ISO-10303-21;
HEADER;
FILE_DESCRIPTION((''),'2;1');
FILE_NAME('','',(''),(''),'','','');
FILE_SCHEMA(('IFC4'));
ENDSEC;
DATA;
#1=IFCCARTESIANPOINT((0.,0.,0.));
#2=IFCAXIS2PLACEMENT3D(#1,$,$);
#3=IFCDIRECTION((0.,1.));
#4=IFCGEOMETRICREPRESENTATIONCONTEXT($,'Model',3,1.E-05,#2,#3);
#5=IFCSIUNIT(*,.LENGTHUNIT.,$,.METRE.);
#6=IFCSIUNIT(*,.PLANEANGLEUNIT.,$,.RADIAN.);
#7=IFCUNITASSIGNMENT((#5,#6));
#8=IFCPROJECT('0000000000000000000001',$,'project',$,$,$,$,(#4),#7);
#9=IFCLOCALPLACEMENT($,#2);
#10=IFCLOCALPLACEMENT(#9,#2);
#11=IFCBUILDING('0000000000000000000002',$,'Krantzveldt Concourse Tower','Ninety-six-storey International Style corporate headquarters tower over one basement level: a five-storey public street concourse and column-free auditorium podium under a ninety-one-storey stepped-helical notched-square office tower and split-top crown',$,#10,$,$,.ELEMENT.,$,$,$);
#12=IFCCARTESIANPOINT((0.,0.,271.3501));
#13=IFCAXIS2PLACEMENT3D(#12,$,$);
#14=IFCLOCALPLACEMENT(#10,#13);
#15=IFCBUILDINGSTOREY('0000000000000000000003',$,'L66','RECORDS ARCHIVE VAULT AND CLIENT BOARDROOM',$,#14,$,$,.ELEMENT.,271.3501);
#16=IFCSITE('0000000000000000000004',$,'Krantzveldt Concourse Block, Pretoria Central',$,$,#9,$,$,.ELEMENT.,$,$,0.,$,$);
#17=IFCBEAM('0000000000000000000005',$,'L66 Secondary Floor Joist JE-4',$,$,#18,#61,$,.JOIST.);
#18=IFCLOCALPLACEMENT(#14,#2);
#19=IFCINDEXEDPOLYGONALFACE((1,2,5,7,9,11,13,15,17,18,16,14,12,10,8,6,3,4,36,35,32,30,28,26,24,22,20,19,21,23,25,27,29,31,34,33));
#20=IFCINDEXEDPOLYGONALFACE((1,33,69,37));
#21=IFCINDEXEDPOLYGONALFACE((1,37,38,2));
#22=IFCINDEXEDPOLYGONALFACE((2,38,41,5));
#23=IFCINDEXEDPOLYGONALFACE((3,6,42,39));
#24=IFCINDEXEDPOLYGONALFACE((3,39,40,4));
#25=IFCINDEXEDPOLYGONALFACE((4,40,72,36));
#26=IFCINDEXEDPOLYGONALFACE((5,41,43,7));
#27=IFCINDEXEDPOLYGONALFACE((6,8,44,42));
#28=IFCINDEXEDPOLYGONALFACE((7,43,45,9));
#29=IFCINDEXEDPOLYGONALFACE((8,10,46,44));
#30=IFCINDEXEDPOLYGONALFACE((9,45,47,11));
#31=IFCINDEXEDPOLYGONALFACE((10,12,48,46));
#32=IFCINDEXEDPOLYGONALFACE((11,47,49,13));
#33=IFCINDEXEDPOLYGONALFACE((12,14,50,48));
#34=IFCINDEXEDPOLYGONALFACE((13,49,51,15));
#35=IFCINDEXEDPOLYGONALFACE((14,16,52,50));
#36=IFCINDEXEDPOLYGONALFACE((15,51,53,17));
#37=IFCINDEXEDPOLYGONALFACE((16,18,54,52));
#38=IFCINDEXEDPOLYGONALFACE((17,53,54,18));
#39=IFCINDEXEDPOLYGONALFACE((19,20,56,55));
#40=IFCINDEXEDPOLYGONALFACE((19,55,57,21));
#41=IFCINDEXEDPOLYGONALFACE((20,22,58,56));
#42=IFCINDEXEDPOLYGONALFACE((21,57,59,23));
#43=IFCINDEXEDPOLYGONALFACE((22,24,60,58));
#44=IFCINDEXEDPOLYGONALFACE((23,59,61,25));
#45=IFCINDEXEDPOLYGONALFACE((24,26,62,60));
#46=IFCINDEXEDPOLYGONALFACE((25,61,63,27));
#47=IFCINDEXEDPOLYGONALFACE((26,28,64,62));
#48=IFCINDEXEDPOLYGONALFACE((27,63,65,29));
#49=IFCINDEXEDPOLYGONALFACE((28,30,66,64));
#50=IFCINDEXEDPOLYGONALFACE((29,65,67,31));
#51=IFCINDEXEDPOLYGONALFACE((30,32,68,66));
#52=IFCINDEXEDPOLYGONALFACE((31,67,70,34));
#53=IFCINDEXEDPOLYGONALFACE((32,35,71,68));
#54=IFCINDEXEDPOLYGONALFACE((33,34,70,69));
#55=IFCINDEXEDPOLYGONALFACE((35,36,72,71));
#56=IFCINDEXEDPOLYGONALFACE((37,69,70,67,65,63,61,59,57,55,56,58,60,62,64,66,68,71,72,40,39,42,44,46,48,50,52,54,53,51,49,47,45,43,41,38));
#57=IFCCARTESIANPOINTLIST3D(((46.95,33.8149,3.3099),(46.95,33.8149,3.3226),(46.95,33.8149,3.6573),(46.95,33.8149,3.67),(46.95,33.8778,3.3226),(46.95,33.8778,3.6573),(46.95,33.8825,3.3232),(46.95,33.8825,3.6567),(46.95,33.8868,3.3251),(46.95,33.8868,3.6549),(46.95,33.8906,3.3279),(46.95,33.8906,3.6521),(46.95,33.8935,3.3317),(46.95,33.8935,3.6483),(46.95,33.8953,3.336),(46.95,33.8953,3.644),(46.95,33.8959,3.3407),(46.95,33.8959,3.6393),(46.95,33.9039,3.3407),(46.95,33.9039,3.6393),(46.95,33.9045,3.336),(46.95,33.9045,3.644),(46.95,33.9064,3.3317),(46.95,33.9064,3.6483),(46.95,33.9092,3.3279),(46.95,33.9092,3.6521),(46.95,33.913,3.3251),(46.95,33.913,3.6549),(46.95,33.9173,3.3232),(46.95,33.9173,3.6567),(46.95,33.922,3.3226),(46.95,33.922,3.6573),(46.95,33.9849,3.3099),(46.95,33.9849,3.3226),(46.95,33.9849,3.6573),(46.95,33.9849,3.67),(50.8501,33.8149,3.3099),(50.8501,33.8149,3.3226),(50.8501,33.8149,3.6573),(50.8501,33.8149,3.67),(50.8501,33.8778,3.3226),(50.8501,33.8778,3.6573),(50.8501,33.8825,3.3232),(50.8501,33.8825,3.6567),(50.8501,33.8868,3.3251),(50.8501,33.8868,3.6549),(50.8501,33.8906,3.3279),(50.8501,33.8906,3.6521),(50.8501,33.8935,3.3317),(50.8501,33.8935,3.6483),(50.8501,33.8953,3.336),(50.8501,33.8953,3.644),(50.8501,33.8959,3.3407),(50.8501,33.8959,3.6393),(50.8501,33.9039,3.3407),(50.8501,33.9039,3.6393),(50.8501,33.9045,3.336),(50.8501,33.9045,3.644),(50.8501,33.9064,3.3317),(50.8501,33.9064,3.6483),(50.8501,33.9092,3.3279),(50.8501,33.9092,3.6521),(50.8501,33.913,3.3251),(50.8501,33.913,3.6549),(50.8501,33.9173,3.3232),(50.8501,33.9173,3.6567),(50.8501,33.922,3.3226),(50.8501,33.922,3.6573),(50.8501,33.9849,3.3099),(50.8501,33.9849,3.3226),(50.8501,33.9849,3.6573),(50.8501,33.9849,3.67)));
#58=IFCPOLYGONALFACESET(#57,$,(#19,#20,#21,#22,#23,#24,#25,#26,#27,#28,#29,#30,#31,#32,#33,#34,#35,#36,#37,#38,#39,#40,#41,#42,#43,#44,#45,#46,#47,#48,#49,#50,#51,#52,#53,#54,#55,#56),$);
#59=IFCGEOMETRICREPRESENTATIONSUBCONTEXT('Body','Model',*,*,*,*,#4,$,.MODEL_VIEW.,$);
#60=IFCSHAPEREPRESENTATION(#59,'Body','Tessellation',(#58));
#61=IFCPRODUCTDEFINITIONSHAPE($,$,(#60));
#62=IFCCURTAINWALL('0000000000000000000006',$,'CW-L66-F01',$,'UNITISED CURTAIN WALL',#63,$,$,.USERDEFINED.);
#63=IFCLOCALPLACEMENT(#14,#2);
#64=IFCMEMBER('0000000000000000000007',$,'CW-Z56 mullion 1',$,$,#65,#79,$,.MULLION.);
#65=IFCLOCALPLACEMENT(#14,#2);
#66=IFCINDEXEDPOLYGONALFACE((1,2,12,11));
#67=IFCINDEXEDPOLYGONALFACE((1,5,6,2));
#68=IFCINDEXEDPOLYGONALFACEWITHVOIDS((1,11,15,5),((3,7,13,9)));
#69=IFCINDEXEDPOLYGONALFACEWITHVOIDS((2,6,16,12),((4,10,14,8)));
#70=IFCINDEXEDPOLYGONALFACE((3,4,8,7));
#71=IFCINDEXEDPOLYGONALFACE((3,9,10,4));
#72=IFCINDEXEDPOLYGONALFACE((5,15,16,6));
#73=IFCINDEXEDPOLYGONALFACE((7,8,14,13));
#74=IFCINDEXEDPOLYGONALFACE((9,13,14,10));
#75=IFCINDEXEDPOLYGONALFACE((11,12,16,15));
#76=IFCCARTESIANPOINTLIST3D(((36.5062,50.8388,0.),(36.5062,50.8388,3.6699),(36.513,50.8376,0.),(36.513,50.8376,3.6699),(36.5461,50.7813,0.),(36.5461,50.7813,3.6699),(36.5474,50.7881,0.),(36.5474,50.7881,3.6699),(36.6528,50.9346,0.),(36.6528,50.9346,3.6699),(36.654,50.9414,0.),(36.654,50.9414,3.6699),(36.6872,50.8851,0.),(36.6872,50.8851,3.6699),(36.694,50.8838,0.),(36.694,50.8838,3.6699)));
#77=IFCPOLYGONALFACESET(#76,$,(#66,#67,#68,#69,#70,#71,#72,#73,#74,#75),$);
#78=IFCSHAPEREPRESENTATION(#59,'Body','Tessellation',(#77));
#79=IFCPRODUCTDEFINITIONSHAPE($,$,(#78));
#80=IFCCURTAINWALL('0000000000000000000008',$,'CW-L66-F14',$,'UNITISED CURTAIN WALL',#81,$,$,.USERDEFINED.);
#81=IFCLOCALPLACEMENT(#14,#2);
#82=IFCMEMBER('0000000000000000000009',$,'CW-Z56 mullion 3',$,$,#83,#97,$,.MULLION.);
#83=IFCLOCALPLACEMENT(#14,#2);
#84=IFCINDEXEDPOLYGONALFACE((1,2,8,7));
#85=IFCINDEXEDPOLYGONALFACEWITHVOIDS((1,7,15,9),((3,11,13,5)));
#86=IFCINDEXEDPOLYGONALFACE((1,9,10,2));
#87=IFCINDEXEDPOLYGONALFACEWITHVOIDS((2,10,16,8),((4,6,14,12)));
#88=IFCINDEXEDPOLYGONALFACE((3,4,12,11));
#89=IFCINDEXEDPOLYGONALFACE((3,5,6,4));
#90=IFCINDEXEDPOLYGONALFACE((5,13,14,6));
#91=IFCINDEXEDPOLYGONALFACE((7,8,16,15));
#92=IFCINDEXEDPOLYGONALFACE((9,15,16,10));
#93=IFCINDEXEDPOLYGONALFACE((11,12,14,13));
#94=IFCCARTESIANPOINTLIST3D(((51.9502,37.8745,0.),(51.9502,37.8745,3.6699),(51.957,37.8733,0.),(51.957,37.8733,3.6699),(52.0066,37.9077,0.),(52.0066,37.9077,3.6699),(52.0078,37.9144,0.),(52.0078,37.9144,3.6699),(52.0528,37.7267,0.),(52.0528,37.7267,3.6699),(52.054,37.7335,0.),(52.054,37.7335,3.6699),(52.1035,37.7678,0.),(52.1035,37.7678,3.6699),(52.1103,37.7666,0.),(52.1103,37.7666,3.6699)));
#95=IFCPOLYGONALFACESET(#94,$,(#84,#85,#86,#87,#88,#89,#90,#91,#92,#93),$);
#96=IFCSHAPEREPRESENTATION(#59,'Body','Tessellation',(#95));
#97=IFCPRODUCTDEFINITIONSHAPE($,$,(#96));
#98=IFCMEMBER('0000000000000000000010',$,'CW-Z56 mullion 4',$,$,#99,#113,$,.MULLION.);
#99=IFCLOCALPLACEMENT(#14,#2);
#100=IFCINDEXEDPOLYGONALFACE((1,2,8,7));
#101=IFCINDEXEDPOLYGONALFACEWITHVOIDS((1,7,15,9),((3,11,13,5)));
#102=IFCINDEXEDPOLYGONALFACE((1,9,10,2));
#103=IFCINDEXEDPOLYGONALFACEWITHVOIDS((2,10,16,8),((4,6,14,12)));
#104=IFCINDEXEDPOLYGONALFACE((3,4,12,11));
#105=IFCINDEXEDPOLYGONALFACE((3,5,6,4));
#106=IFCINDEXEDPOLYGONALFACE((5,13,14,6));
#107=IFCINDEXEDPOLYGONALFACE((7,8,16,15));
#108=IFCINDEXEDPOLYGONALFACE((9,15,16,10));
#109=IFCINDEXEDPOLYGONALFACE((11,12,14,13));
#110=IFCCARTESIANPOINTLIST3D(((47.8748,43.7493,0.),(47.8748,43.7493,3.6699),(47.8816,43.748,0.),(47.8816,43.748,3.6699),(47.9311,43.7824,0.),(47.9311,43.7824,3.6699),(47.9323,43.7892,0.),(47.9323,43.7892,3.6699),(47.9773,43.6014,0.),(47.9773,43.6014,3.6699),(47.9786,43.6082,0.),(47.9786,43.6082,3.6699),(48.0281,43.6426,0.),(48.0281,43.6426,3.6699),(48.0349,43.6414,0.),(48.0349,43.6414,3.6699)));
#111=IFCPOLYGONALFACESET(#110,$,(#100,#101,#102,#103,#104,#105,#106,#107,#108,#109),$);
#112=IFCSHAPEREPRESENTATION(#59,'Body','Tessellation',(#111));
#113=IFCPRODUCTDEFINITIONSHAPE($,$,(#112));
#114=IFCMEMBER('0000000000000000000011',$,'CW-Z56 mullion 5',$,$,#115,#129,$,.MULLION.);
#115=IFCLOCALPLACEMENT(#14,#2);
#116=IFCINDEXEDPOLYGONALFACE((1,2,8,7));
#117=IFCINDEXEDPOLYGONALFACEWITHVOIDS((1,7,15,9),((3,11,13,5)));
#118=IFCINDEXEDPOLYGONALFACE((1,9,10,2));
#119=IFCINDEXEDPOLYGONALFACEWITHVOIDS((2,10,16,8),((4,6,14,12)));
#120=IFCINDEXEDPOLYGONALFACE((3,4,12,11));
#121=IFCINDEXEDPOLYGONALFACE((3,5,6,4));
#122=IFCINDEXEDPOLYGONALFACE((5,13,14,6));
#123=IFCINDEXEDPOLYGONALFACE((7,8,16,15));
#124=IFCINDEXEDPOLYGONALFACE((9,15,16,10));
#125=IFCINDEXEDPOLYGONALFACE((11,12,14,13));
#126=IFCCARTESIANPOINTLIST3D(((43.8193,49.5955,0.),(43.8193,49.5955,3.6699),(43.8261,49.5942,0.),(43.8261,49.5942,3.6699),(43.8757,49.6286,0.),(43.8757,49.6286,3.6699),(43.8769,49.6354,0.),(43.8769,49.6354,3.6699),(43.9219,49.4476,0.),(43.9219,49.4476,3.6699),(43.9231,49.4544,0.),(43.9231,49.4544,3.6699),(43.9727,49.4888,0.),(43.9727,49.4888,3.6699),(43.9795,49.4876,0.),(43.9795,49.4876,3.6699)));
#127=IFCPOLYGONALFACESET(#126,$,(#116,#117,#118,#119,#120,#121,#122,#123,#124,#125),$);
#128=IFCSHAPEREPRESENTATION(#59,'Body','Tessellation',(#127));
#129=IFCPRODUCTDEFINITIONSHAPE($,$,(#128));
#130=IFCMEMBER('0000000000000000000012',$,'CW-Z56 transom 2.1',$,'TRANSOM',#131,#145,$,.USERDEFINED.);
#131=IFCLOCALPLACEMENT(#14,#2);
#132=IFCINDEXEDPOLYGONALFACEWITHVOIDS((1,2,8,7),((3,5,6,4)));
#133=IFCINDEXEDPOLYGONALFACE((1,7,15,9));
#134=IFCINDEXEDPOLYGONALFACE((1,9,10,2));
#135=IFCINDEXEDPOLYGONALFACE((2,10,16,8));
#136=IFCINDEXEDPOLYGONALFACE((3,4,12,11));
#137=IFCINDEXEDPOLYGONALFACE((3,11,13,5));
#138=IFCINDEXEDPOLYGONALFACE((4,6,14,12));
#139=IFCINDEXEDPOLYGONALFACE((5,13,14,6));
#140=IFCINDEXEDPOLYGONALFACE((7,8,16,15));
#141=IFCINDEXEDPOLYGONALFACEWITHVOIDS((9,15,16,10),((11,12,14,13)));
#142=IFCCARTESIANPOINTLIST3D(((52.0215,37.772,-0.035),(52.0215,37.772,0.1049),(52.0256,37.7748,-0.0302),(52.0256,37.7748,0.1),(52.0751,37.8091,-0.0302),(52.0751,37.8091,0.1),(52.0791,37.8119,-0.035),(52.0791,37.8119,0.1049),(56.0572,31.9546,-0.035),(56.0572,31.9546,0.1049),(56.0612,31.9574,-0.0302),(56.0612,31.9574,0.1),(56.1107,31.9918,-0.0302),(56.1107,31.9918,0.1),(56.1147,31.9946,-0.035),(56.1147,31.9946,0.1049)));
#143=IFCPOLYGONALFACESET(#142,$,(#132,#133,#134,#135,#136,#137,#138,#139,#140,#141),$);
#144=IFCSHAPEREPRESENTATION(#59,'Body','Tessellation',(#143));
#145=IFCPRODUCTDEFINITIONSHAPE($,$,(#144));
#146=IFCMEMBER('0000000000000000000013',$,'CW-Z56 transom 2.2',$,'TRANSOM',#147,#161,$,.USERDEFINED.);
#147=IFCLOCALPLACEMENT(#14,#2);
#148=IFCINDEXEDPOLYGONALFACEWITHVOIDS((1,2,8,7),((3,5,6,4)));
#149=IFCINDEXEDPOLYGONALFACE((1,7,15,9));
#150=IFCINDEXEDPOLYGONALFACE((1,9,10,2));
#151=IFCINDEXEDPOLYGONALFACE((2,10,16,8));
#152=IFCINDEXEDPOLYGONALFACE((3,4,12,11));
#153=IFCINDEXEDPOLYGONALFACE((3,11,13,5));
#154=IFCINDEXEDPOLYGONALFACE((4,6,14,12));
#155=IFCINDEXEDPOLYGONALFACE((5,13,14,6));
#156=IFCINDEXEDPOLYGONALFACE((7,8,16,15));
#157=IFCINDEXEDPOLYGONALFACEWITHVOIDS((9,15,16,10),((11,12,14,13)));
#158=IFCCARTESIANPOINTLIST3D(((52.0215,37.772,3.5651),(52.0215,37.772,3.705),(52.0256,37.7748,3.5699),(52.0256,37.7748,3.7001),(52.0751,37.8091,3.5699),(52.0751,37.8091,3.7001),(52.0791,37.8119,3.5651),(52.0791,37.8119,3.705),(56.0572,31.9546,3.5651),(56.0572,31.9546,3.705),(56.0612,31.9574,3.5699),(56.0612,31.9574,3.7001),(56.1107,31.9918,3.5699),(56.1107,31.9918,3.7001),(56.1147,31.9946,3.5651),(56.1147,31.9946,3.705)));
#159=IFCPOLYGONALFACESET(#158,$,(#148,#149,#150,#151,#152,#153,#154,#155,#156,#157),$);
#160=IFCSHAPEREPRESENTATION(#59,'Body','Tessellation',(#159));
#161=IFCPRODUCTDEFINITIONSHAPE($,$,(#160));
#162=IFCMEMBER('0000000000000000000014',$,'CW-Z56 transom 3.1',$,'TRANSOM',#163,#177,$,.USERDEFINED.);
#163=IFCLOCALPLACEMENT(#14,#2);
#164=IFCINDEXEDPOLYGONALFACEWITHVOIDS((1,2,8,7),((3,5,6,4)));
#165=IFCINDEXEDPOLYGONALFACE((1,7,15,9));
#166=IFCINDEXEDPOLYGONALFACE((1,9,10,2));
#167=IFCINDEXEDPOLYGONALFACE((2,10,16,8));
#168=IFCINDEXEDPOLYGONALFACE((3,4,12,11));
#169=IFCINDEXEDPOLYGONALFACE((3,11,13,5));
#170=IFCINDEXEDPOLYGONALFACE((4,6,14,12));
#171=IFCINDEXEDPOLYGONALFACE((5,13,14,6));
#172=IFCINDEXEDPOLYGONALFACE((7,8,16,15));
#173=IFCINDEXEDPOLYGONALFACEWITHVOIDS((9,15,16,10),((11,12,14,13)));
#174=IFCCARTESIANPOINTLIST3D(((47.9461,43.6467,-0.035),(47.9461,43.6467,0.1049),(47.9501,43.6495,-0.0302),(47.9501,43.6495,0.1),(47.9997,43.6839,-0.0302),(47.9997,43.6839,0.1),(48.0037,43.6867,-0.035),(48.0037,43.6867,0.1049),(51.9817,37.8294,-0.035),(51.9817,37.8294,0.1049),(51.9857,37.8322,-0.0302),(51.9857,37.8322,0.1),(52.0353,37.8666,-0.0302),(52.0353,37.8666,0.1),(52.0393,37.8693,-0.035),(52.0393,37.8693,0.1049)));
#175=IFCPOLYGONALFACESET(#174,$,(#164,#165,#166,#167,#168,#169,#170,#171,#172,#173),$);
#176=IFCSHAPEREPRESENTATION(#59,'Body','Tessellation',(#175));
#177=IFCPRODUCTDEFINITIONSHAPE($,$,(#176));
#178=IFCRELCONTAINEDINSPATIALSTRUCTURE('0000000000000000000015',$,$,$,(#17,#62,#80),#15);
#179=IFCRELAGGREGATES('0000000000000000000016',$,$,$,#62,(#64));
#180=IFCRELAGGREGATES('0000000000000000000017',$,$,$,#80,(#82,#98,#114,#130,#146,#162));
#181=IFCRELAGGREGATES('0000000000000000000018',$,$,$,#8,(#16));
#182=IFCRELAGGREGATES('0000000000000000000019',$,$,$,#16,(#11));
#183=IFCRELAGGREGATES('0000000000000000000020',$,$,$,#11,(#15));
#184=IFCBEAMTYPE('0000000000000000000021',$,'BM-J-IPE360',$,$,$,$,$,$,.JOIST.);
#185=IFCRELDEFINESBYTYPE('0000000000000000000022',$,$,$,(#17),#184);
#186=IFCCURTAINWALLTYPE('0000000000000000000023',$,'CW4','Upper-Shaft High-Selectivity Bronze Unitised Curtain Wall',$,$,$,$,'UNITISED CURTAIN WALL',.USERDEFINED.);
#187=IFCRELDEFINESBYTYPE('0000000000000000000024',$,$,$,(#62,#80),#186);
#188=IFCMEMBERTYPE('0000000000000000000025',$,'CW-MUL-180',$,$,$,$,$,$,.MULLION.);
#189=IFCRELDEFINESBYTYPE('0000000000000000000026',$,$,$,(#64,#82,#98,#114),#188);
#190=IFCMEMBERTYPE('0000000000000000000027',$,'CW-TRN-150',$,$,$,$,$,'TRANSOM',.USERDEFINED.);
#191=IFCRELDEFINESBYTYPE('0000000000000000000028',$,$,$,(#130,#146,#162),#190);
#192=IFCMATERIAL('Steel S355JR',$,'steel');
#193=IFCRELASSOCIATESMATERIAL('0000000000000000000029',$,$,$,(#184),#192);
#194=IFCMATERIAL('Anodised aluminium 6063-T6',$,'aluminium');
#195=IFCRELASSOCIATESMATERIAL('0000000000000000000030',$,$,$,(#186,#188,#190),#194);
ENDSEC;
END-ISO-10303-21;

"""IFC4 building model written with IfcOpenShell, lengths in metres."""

from ifc_helpers import new_model, si_unit, direction, frame, origin, origin_2d, place, context, subcontext, project, spatial, hollow_rectangle, i_section, extrude, source, transform, mapped, material, material_profile, profile_set, type_object, type_shapes, element, aggregate, save


model = new_model("IFC4")

# Units and contexts
model_context = context("Model", 3, precision=1e-05, world=origin(), true_north=direction((0.0, 1.0)))
body_context = subcontext(model_context, "Body", "Model", "MODEL_VIEW")
ifc_project = project(units=[si_unit("LENGTHUNIT", "METRE"), si_unit("PLANEANGLEUNIT", "RADIAN")], contexts=[model_context])

# Site, building, storey
site_placement = place(None, origin())
site = spatial("IfcSite", under=ifc_project, at=site_placement, Name="Krantzveldt Concourse Block, Pretoria Central", CompositionType="ELEMENT", RefElevation=0.0)
building_placement = place(site_placement, origin())
building = spatial("IfcBuilding", under=site, at=building_placement, Name="Krantzveldt Concourse Tower", Description="Ninety-six-storey International Style corporate headquarters tower over one basement level: a five-storey public street concourse and column-free auditorium podium under a ninety-one-storey stepped-helical notched-square office tower and split-top crown", CompositionType="ELEMENT")
storey_placement = place(building_placement, frame((0.0, 0.0, 271.3501)))
storey = spatial("IfcBuildingStorey", under=building, at=storey_placement, Name="L66", Description="RECORDS ARCHIVE VAULT AND CLIENT BOARDROOM", CompositionType="ELEMENT", Elevation=271.3501)

# Beam
ifc_material_1 = material(Name="Steel S355JR", Category="steel")
ifc_material_profile_1 = material_profile(ifc_material_1, i_section(OverallWidth=0.1699, OverallDepth=0.3601, WebThickness=0.0081, FlangeThickness=0.0127, FilletRadius=0.0181, at=origin_2d()), Name="Steel S355JR", Category="steel")
ifc_profile_set_1 = profile_set([ifc_material_profile_1], Name="Steel S355JR - IPE 360")
beam_type_1 = type_object("IfcBeamType", Name="BM-J-IPE360", PredefinedType="JOIST", material=ifc_profile_set_1)
shared_shape_1 = source(origin(), body_context, "Body", "SweptSolid", [
    extrude(i_section(OverallWidth=0.1699, OverallDepth=0.3601, WebThickness=0.0081, FlangeThickness=0.0127, FilletRadius=0.0181, at=origin_2d()), origin(), (0.0, 0.0, 1.0), 3.9001),
])
type_shapes(beam_type_1, [shared_shape_1])
beam_1_placement = place(storey_placement, frame((46.95, 33.8999, 3.49), z_axis=(1.0, 0.0, 0.0), x_axis=(0.0, 1.0, 0.0)))
element("IfcBeam", 1, at=beam_1_placement, inside=storey, type_object=beam_type_1, Name="L66 Secondary Floor Joist JE-4", PredefinedType="JOIST", context=body_context, shape_type="MappedRepresentation", body=[
    mapped(shared_shape_1, transform((0.0, 0.0, 0.0), x_axis=(1.0, 0.0, 0.0), y_axis=(0.0, 1.0, 0.0), z_axis=(0.0, 0.0, 1.0), scale=1.0)),
])

# Curtain wall, member
ifc_material_2 = material(Name="Anodised aluminium 6063-T6", Category="aluminium")
curtain_wall_type = type_object("IfcCurtainWallType", Name="CW4", Description="Upper-Shaft High-Selectivity Bronze Unitised Curtain Wall", ElementType="UNITISED CURTAIN WALL", PredefinedType="USERDEFINED", material=ifc_material_2)
curtain_wall_1_placement = place(storey_placement, origin())
curtain_wall_1 = element("IfcCurtainWall", 2, at=curtain_wall_1_placement, inside=storey, type_object=curtain_wall_type, Name="CW-L66-F01", ObjectType="UNITISED CURTAIN WALL", PredefinedType="USERDEFINED")
ifc_material_profile_2 = material_profile(ifc_material_2, hollow_rectangle(XDim=0.0701, YDim=0.1799, WallThickness=0.0049, at=origin_2d()), Name="Anodised aluminium 6063-T6", Category="aluminium")
ifc_profile_set_2 = profile_set([ifc_material_profile_2], Name="Anodised aluminium 6063-T6 - ALU-MULL 180x70x5")
member_type_1 = type_object("IfcMemberType", Name="CW-MUL-180", PredefinedType="MULLION", material=ifc_profile_set_2)
shared_shape_2 = source(origin(), body_context, "Body", "SweptSolid", [
    extrude(hollow_rectangle(XDim=0.0701, YDim=0.1799, WallThickness=0.0049, at=origin_2d()), origin(), (0.0, 0.0, 1.0), 3.6699),
])
type_shapes(member_type_1, [shared_shape_2])
member_1_placement = place(storey_placement, frame((36.6001, 50.8613, 0.0), z_axis=(0.0, 0.0, 1.0), x_axis=(0.569997, -0.821647, 0.0)))
member_1 = element("IfcMember", 3, at=member_1_placement, type_object=member_type_1, Name="CW-Z56 mullion 1", PredefinedType="MULLION", context=body_context, shape_type="MappedRepresentation", body=[
    mapped(shared_shape_2, transform((0.0, 0.0, 0.0), x_axis=(1.0, 0.0, 0.0), y_axis=(0.0, 1.0, 0.0), z_axis=(0.0, 0.0, 1.0), scale=1.0)),
])

# Curtain wall, members
curtain_wall_2_placement = place(storey_placement, origin())
curtain_wall_2 = element("IfcCurtainWall", 4, at=curtain_wall_2_placement, inside=storey, type_object=curtain_wall_type, Name="CW-L66-F14", ObjectType="UNITISED CURTAIN WALL", PredefinedType="USERDEFINED")
member_2_placement = place(storey_placement, frame((52.0303, 37.8206, 0.0), z_axis=(0.0, 0.0, 1.0), x_axis=(-0.821647, -0.569997, 0.0)))
member_2 = element("IfcMember", 5, at=member_2_placement, type_object=member_type_1, Name="CW-Z56 mullion 3", PredefinedType="MULLION", context=body_context, shape_type="MappedRepresentation", body=[
    mapped(shared_shape_2, transform((0.0, 0.0, 0.0), x_axis=(1.0, 0.0, 0.0), y_axis=(0.0, 1.0, 0.0), z_axis=(0.0, 0.0, 1.0), scale=1.0)),
])
member_3_placement = place(storey_placement, frame((47.9548, 43.6953, 0.0), z_axis=(0.0, 0.0, 1.0), x_axis=(-0.821647, -0.569997, 0.0)))
member_3 = element("IfcMember", 6, at=member_3_placement, type_object=member_type_1, Name="CW-Z56 mullion 4", PredefinedType="MULLION", context=body_context, shape_type="MappedRepresentation", body=[
    mapped(shared_shape_2, transform((0.0, 0.0, 0.0), x_axis=(1.0, 0.0, 0.0), y_axis=(0.0, 1.0, 0.0), z_axis=(0.0, 0.0, 1.0), scale=1.0)),
])
member_4_placement = place(storey_placement, frame((43.8994, 49.5415, 0.0), z_axis=(0.0, 0.0, 1.0), x_axis=(-0.821647, -0.569997, 0.0)))
member_4 = element("IfcMember", 7, at=member_4_placement, type_object=member_type_1, Name="CW-Z56 mullion 5", PredefinedType="MULLION", context=body_context, shape_type="MappedRepresentation", body=[
    mapped(shared_shape_2, transform((0.0, 0.0, 0.0), x_axis=(1.0, 0.0, 0.0), y_axis=(0.0, 1.0, 0.0), z_axis=(0.0, 0.0, 1.0), scale=1.0)),
])
ifc_material_profile_3 = material_profile(ifc_material_2, hollow_rectangle(XDim=0.0701, YDim=0.1399, WallThickness=0.0049, at=origin_2d()), Name="Anodised aluminium 6063-T6", Category="aluminium")
ifc_profile_set_3 = profile_set([ifc_material_profile_3], Name="Anodised aluminium 6063-T6 - ALU-TRAN 140x70x5")
member_type_2 = type_object("IfcMemberType", Name="CW-TRN-150", ElementType="TRANSOM", PredefinedType="USERDEFINED", material=ifc_profile_set_3)
shared_shape_3 = source(origin(), body_context, "Body", "SweptSolid", [
    extrude(hollow_rectangle(XDim=0.0701, YDim=0.1399, WallThickness=0.0049, at=origin_2d()), origin(), (0.0, 0.0, 1.0), 7.0801),
])
member_5_placement = place(storey_placement, frame((56.0859, 31.9746, 0.0349), z_axis=(-0.569995, 0.821648, 0.0), x_axis=(-0.821648, -0.569995, 0.0)))
member_5 = element("IfcMember", 8, at=member_5_placement, type_object=member_type_2, Name="CW-Z56 transom 2.1", ObjectType="TRANSOM", PredefinedType="USERDEFINED", context=body_context, shape_type="MappedRepresentation", body=[
    mapped(shared_shape_3, transform((0.0, 0.0, 0.0), x_axis=(1.0, 0.0, 0.0), y_axis=(0.0, 1.0, 0.0), z_axis=(0.0, 0.0, 1.0), scale=1.0)),
])
member_6_placement = place(storey_placement, frame((56.0859, 31.9746, 3.635), z_axis=(-0.569995, 0.821648, 0.0), x_axis=(-0.821648, -0.569995, 0.0)))
member_6 = element("IfcMember", 9, at=member_6_placement, type_object=member_type_2, Name="CW-Z56 transom 2.2", ObjectType="TRANSOM", PredefinedType="USERDEFINED", context=body_context, shape_type="MappedRepresentation", body=[
    mapped(shared_shape_3, transform((0.0, 0.0, 0.0), x_axis=(1.0, 0.0, 0.0), y_axis=(0.0, 1.0, 0.0), z_axis=(0.0, 0.0, 1.0), scale=1.0)),
])
member_7_placement = place(storey_placement, frame((52.0105, 37.8494, 0.0349), z_axis=(-0.569995, 0.821648, 0.0), x_axis=(-0.821648, -0.569995, 0.0)))
member_7 = element("IfcMember", 10, at=member_7_placement, type_object=member_type_2, Name="CW-Z56 transom 3.1", ObjectType="TRANSOM", PredefinedType="USERDEFINED", context=body_context, shape_type="MappedRepresentation", body=[
    mapped(shared_shape_3, transform((0.0, 0.0, 0.0), x_axis=(1.0, 0.0, 0.0), y_axis=(0.0, 1.0, 0.0), z_axis=(0.0, 0.0, 1.0), scale=1.0)),
])

aggregate(curtain_wall_1, [member_1])

aggregate(curtain_wall_2, [member_2, member_3, member_4, member_5, member_6, member_7])

save(model, "model.ifc")
